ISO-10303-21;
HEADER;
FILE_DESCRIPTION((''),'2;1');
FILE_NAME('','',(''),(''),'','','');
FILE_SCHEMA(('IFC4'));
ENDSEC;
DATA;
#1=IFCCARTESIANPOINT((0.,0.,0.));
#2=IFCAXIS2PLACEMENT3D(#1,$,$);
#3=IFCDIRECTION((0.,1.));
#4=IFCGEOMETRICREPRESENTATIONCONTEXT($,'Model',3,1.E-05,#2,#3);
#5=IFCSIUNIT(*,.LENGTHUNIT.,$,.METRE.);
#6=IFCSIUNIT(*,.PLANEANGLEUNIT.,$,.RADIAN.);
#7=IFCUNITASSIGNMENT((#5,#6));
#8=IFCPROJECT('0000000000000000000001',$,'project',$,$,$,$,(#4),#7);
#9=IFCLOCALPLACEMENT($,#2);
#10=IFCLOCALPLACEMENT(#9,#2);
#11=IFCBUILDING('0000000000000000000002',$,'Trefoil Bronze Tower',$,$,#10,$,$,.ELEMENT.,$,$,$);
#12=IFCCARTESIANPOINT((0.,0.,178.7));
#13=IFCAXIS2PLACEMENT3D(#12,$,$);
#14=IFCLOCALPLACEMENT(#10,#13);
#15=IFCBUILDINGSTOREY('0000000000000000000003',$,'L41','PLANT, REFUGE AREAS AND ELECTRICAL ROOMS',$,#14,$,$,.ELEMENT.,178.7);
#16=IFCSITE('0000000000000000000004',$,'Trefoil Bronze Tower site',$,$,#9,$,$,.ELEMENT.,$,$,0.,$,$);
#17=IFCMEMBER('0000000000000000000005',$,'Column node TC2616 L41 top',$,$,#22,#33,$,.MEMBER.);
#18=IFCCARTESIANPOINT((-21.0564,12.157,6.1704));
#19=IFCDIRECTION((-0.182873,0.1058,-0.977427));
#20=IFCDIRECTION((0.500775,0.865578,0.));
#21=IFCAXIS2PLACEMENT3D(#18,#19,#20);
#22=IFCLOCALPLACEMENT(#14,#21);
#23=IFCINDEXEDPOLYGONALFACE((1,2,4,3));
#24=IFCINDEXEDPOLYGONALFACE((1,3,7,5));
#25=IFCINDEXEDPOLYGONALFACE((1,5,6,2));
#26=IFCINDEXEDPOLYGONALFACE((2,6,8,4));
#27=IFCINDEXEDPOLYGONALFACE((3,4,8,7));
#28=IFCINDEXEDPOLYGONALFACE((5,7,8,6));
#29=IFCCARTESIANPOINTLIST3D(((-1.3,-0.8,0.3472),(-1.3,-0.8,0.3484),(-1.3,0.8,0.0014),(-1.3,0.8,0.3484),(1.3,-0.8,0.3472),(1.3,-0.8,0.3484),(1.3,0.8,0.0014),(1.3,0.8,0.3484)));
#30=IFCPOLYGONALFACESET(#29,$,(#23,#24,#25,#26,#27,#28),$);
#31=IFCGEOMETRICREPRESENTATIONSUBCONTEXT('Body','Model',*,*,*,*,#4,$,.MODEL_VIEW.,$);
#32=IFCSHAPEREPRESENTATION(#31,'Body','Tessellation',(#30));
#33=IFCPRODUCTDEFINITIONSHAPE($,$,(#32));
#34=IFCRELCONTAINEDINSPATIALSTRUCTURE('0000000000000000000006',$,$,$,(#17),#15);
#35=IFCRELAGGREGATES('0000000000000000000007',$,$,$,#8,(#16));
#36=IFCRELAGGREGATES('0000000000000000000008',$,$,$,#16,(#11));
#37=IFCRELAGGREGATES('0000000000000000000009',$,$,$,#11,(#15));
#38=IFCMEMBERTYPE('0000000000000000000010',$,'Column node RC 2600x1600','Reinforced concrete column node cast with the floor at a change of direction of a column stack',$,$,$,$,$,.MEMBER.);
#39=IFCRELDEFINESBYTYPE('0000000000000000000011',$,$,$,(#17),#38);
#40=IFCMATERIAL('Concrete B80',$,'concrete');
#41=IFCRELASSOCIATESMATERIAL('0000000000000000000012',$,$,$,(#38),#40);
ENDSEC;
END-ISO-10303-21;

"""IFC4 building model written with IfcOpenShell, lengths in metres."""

from ifc_helpers import new_model, si_unit, direction, frame, origin, origin_2d, place, context, subcontext, project, spatial, rectangle, extrude, clip, halfspace, material, material_profile, profile_set, type_object, element, save


model = new_model("IFC4")

# Units and contexts
model_context = context("Model", 3, precision=1e-05, world=origin(), true_north=direction((0.0, 1.0)))
body_context = subcontext(model_context, "Body", "Model", "MODEL_VIEW")
ifc_project = project(units=[si_unit("LENGTHUNIT", "METRE"), si_unit("PLANEANGLEUNIT", "RADIAN")], contexts=[model_context])

# Site, building, storey
site_placement = place(None, origin())
site = spatial("IfcSite", under=ifc_project, at=site_placement, Name="Trefoil Bronze Tower site", CompositionType="ELEMENT", RefElevation=0.0)
building_placement = place(site_placement, origin())
building = spatial("IfcBuilding", under=site, at=building_placement, Name="Trefoil Bronze Tower", CompositionType="ELEMENT")
storey_placement = place(building_placement, frame((0.0, 0.0, 178.7)))
storey = spatial("IfcBuildingStorey", under=building, at=storey_placement, Name="L41", Description="PLANT, REFUGE AREAS AND ELECTRICAL ROOMS", CompositionType="ELEMENT", Elevation=178.7)

# Member
ifc_material_1 = material(Name="Concrete B80", Category="concrete")
ifc_material_profile_1 = material_profile(ifc_material_1, rectangle(XDim=2.6001, YDim=1.6001, at=origin_2d()), Name="RC 2600x1600")
ifc_profile_set_1 = profile_set([ifc_material_profile_1], Name="Concrete B80")
member_type = type_object("IfcMemberType", Name="Column node RC 2600x1600", Description="Reinforced concrete column node cast with the floor at a change of direction of a column stack", PredefinedType="MEMBER", material=ifc_profile_set_1)
member_1_placement = place(storey_placement, frame((-21.0564, 12.157, 6.1704), z_axis=(-0.182873, 0.1058, -0.977427), x_axis=(0.500775, 0.865578, 0.0)))
element("IfcMember", 1, at=member_1_placement, inside=storey, type_object=member_type, Name="Column node TC2616 L41 top", PredefinedType="MEMBER", context=body_context, shape_type="Clipping", body=[
    clip(extrude(rectangle(XDim=2.6001, YDim=1.6001, at=origin_2d()), origin(), (0.0, 0.0, 1.0), 0.3484), halfspace(frame((0.0, 0.0, 0.1743), z_axis=(0.0, 0.211273, 0.977427), x_axis=(0.0, 0.977427, -0.211273)), True)),
])

save(model, "model.ifc")
